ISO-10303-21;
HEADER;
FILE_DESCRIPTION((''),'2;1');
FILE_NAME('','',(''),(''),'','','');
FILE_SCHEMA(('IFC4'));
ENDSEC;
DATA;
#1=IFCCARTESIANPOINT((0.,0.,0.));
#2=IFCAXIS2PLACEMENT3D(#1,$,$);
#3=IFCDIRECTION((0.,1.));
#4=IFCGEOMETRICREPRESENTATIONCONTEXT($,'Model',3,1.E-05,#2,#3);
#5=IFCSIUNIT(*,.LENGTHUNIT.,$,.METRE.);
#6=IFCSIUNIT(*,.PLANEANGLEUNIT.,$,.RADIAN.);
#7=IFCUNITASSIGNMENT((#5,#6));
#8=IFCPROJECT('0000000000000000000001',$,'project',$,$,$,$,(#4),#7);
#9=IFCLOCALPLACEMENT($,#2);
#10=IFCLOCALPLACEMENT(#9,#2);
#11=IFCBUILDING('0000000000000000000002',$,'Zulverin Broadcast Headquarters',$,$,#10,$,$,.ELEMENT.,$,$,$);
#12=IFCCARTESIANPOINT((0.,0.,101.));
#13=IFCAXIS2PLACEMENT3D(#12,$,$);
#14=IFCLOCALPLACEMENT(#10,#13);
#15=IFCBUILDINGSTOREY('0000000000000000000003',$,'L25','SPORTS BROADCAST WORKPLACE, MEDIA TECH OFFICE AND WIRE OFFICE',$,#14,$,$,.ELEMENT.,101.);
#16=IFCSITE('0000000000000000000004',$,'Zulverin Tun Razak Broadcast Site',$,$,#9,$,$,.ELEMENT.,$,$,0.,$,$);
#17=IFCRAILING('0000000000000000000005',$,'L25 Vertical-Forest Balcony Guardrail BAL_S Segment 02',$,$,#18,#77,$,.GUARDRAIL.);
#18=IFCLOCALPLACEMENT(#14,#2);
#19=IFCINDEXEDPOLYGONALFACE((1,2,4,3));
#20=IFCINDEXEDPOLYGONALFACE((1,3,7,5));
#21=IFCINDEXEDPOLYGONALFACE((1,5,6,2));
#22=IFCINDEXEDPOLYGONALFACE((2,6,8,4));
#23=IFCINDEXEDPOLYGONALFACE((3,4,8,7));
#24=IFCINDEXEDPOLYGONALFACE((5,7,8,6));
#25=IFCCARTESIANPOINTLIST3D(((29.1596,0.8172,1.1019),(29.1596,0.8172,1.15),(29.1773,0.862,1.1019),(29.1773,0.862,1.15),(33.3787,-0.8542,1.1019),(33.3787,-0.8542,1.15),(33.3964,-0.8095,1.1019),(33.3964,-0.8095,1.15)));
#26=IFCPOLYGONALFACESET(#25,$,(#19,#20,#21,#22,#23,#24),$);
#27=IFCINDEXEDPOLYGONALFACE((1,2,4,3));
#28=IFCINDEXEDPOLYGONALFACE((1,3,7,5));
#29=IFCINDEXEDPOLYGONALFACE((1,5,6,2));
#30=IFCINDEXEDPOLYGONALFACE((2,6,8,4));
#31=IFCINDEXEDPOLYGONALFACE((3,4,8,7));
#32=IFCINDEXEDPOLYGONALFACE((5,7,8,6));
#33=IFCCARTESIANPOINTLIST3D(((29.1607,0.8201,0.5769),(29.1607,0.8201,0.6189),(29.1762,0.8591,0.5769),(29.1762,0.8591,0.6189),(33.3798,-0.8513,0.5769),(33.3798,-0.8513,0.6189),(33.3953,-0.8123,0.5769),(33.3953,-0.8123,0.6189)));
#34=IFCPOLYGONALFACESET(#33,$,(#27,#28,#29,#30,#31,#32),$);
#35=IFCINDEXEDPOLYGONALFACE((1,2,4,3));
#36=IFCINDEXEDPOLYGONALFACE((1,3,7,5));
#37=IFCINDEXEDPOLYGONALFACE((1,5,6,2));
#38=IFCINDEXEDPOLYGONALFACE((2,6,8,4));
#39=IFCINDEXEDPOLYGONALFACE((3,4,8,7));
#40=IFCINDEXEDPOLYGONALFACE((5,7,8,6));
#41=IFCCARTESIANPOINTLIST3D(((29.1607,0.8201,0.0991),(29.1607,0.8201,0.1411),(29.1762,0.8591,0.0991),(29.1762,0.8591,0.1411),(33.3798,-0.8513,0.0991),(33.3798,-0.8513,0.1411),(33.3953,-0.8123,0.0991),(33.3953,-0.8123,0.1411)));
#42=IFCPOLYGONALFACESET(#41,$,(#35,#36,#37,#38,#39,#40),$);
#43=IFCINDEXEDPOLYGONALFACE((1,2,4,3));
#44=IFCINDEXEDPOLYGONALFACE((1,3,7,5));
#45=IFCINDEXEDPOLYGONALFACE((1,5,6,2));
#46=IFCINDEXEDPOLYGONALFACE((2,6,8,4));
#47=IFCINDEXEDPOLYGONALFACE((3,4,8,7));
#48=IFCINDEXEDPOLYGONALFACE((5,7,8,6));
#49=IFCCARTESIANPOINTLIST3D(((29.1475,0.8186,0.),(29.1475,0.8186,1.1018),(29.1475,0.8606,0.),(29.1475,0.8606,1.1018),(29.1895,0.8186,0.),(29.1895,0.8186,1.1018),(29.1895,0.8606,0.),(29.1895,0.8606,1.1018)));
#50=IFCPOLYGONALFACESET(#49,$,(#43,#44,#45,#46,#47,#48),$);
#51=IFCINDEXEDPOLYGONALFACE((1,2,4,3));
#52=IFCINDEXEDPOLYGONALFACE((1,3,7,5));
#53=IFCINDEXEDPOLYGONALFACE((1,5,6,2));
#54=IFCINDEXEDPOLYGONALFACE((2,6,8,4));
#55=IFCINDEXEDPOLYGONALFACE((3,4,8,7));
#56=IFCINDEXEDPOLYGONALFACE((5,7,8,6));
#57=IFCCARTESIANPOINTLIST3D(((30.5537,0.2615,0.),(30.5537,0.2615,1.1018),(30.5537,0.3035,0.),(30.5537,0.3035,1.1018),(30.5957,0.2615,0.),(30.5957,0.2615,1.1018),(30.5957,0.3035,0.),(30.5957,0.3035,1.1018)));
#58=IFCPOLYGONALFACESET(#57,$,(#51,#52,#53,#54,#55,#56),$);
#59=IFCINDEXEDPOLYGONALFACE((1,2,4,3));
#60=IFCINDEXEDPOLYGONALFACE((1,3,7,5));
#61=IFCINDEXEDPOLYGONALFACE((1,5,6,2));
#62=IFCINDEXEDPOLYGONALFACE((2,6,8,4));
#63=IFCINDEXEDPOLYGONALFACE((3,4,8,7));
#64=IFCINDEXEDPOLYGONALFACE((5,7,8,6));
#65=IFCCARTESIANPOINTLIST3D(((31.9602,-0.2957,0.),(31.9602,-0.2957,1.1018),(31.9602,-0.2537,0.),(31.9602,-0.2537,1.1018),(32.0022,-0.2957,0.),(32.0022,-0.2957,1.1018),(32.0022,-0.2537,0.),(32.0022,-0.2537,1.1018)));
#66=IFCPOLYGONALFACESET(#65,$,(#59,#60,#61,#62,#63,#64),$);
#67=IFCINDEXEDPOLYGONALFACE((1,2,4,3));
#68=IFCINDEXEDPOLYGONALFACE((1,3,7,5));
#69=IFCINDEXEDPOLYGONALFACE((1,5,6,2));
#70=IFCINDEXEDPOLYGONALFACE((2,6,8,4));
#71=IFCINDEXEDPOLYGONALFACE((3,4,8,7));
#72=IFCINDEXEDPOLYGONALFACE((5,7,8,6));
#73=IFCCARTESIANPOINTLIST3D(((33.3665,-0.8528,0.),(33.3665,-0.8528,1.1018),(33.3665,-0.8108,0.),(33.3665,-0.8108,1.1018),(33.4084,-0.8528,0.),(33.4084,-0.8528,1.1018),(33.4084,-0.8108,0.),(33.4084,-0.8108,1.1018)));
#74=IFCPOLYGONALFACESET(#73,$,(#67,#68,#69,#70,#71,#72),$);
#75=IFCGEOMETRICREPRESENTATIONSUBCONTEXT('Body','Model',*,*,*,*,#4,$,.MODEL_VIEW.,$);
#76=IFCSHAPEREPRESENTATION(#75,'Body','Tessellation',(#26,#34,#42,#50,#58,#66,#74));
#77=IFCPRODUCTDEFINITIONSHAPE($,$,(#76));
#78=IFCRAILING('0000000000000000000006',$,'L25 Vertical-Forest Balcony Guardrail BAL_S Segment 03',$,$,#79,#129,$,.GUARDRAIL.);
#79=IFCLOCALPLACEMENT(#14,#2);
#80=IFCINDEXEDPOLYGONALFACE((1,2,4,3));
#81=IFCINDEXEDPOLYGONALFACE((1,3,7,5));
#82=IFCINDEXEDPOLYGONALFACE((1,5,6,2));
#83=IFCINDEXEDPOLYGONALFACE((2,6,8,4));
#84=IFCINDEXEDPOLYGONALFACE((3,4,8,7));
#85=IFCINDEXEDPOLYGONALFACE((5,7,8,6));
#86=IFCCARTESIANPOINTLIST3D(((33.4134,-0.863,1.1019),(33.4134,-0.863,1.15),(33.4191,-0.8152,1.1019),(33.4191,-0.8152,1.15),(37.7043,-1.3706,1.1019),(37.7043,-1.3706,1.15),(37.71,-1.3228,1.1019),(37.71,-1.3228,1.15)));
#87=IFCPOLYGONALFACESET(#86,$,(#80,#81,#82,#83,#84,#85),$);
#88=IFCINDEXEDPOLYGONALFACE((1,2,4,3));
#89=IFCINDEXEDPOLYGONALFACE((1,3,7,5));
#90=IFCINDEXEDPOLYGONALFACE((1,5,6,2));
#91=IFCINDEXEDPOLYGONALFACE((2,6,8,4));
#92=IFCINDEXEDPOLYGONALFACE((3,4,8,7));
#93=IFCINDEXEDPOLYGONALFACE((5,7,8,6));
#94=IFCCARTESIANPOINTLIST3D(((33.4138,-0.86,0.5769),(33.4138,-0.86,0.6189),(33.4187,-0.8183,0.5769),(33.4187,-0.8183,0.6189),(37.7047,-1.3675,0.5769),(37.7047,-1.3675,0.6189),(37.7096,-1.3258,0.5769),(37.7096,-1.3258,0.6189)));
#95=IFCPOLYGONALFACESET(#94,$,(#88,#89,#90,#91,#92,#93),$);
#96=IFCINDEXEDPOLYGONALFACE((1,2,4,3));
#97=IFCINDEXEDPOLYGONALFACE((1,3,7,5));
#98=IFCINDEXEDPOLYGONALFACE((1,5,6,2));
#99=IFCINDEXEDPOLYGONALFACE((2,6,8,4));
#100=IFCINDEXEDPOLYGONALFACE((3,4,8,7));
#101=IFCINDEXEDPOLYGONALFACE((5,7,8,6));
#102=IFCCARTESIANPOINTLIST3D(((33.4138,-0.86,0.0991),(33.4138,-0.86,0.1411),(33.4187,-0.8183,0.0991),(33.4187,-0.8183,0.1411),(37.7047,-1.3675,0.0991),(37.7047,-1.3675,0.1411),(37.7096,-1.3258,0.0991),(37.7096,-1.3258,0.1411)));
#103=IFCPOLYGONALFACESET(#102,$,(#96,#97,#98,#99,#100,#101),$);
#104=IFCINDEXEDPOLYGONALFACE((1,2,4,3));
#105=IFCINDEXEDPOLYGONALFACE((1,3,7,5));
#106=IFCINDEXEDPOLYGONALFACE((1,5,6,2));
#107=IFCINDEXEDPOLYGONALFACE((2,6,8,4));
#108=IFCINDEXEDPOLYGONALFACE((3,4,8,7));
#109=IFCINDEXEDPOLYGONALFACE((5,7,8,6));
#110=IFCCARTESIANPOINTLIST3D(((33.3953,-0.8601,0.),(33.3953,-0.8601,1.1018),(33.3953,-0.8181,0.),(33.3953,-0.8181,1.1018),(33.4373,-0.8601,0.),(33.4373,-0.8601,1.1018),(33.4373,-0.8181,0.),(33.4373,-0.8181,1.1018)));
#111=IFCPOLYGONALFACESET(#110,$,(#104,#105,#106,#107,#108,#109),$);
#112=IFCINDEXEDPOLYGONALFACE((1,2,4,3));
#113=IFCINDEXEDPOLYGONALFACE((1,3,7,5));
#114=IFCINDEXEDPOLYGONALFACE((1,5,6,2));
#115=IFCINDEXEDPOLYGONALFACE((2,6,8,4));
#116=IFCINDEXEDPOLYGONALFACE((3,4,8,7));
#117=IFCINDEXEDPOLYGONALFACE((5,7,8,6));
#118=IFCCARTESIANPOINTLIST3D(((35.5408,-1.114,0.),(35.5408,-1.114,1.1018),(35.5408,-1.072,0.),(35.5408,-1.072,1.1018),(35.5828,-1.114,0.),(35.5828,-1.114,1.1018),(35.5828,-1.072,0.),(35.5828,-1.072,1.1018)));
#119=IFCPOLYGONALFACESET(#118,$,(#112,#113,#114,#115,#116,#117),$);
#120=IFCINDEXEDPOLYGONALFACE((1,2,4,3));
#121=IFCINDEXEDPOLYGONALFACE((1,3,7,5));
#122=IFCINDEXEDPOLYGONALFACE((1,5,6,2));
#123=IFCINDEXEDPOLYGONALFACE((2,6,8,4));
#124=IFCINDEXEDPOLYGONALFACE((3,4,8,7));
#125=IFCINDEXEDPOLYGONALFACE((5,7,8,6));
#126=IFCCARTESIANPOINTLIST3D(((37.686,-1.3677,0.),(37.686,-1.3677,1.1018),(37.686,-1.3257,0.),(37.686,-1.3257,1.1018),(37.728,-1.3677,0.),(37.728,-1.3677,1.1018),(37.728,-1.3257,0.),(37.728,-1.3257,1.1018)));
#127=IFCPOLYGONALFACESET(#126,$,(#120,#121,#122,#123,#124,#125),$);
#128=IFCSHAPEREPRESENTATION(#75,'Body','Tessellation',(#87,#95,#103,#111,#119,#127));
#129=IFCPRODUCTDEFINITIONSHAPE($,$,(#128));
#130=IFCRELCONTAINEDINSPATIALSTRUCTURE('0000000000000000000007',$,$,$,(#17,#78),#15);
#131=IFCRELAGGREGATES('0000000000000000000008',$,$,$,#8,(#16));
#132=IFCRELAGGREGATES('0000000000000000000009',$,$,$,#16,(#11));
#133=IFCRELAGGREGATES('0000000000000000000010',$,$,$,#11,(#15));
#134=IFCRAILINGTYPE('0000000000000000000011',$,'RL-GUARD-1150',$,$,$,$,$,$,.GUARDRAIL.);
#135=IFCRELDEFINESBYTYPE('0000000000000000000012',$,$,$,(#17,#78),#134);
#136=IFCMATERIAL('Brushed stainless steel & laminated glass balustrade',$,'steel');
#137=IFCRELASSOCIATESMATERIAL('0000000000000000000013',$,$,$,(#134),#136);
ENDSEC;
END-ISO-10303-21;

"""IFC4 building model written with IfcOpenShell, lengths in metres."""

from ifc_helpers import new_model, si_unit, direction, frame, origin, origin_2d, place, context, subcontext, project, spatial, rectangle, extrude, material, type_object, element, save


model = new_model("IFC4")

# Units and contexts
model_context = context("Model", 3, precision=1e-05, world=origin(), true_north=direction((0.0, 1.0)))
body_context = subcontext(model_context, "Body", "Model", "MODEL_VIEW")
ifc_project = project(units=[si_unit("LENGTHUNIT", "METRE"), si_unit("PLANEANGLEUNIT", "RADIAN")], contexts=[model_context])

# Site, building, storey
site_placement = place(None, origin())
site = spatial("IfcSite", under=ifc_project, at=site_placement, Name="Zulverin Tun Razak Broadcast Site", CompositionType="ELEMENT", RefElevation=0.0)
building_placement = place(site_placement, origin())
building = spatial("IfcBuilding", under=site, at=building_placement, Name="Zulverin Broadcast Headquarters", CompositionType="ELEMENT")
storey_placement = place(building_placement, frame((0.0, 0.0, 101.0)))
storey = spatial("IfcBuildingStorey", under=building, at=storey_placement, Name="L25", Description="SPORTS BROADCAST WORKPLACE, MEDIA TECH OFFICE AND WIRE OFFICE", CompositionType="ELEMENT", Elevation=101.0)

# Railings
ifc_material_1 = material(Name="Brushed stainless steel & laminated glass balustrade", Category="steel")
railing_type = type_object("IfcRailingType", Name="RL-GUARD-1150", PredefinedType="GUARDRAIL", material=ifc_material_1)
railing_1_placement = place(storey_placement, frame((29.1685, 0.8396, 0.0)))
element("IfcRailing", 1, at=railing_1_placement, inside=storey, type_object=railing_type, Name="L25 Vertical-Forest Balcony Guardrail BAL_S Segment 02", PredefinedType="GUARDRAIL", context=body_context, shape_type="SweptSolid", body=[
    extrude(rectangle(XDim=0.0481, YDim=0.0481, at=origin_2d()), frame((0.0, 0.0, 1.126), z_axis=(0.929703, -0.368309, 0.0), x_axis=(0.368309, 0.929703, 0.0)), (0.0, 0.0, 1.0), 4.5381),
    extrude(rectangle(XDim=0.042, YDim=0.042, at=origin_2d()), frame((0.0, 0.0, 0.5979), z_axis=(0.929703, -0.368309, 0.0), x_axis=(0.368309, 0.929703, 0.0)), (0.0, 0.0, 1.0), 4.5381),
    extrude(rectangle(XDim=0.042, YDim=0.042, at=origin_2d()), frame((0.0, 0.0, 0.1201), z_axis=(0.929703, -0.368309, 0.0), x_axis=(0.368309, 0.929703, 0.0)), (0.0, 0.0, 1.0), 4.5381),
    extrude(rectangle(XDim=0.042, YDim=0.042, at=origin_2d()), origin(), (0.0, 0.0, 1.0), 1.1018),
    extrude(rectangle(XDim=0.042, YDim=0.042, at=origin_2d()), frame((1.4062, -0.5571, 0.0)), (0.0, 0.0, 1.0), 1.1018),
    extrude(rectangle(XDim=0.042, YDim=0.042, at=origin_2d()), frame((2.8127, -1.1143, 0.0)), (0.0, 0.0, 1.0), 1.1018),
    extrude(rectangle(XDim=0.042, YDim=0.042, at=origin_2d()), frame((4.219, -1.6714, 0.0)), (0.0, 0.0, 1.0), 1.1018),
])
railing_2_placement = place(storey_placement, frame((33.4163, -0.8391, 0.0)))
element("IfcRailing", 2, at=railing_2_placement, inside=storey, type_object=railing_type, Name="L25 Vertical-Forest Balcony Guardrail BAL_S Segment 03", PredefinedType="GUARDRAIL", context=body_context, shape_type="SweptSolid", body=[
    extrude(rectangle(XDim=0.0481, YDim=0.0481, at=origin_2d()), frame((0.0, 0.0, 1.126), z_axis=(0.993076, -0.117474, 0.0), x_axis=(0.117474, 0.993076, 0.0)), (0.0, 0.0, 1.0), 4.3208),
    extrude(rectangle(XDim=0.042, YDim=0.042, at=origin_2d()), frame((0.0, 0.0, 0.5979), z_axis=(0.993076, -0.117474, 0.0), x_axis=(0.117474, 0.993076, 0.0)), (0.0, 0.0, 1.0), 4.3208),
    extrude(rectangle(XDim=0.042, YDim=0.042, at=origin_2d()), frame((0.0, 0.0, 0.1201), z_axis=(0.993076, -0.117474, 0.0), x_axis=(0.117474, 0.993076, 0.0)), (0.0, 0.0, 1.0), 4.3208),
    extrude(rectangle(XDim=0.042, YDim=0.042, at=origin_2d()), origin(), (0.0, 0.0, 1.0), 1.1018),
    extrude(rectangle(XDim=0.042, YDim=0.042, at=origin_2d()), frame((2.1455, -0.2539, 0.0)), (0.0, 0.0, 1.0), 1.1018),
    extrude(rectangle(XDim=0.042, YDim=0.042, at=origin_2d()), frame((4.2908, -0.5076, 0.0)), (0.0, 0.0, 1.0), 1.1018),
])

save(model, "model.ifc")
